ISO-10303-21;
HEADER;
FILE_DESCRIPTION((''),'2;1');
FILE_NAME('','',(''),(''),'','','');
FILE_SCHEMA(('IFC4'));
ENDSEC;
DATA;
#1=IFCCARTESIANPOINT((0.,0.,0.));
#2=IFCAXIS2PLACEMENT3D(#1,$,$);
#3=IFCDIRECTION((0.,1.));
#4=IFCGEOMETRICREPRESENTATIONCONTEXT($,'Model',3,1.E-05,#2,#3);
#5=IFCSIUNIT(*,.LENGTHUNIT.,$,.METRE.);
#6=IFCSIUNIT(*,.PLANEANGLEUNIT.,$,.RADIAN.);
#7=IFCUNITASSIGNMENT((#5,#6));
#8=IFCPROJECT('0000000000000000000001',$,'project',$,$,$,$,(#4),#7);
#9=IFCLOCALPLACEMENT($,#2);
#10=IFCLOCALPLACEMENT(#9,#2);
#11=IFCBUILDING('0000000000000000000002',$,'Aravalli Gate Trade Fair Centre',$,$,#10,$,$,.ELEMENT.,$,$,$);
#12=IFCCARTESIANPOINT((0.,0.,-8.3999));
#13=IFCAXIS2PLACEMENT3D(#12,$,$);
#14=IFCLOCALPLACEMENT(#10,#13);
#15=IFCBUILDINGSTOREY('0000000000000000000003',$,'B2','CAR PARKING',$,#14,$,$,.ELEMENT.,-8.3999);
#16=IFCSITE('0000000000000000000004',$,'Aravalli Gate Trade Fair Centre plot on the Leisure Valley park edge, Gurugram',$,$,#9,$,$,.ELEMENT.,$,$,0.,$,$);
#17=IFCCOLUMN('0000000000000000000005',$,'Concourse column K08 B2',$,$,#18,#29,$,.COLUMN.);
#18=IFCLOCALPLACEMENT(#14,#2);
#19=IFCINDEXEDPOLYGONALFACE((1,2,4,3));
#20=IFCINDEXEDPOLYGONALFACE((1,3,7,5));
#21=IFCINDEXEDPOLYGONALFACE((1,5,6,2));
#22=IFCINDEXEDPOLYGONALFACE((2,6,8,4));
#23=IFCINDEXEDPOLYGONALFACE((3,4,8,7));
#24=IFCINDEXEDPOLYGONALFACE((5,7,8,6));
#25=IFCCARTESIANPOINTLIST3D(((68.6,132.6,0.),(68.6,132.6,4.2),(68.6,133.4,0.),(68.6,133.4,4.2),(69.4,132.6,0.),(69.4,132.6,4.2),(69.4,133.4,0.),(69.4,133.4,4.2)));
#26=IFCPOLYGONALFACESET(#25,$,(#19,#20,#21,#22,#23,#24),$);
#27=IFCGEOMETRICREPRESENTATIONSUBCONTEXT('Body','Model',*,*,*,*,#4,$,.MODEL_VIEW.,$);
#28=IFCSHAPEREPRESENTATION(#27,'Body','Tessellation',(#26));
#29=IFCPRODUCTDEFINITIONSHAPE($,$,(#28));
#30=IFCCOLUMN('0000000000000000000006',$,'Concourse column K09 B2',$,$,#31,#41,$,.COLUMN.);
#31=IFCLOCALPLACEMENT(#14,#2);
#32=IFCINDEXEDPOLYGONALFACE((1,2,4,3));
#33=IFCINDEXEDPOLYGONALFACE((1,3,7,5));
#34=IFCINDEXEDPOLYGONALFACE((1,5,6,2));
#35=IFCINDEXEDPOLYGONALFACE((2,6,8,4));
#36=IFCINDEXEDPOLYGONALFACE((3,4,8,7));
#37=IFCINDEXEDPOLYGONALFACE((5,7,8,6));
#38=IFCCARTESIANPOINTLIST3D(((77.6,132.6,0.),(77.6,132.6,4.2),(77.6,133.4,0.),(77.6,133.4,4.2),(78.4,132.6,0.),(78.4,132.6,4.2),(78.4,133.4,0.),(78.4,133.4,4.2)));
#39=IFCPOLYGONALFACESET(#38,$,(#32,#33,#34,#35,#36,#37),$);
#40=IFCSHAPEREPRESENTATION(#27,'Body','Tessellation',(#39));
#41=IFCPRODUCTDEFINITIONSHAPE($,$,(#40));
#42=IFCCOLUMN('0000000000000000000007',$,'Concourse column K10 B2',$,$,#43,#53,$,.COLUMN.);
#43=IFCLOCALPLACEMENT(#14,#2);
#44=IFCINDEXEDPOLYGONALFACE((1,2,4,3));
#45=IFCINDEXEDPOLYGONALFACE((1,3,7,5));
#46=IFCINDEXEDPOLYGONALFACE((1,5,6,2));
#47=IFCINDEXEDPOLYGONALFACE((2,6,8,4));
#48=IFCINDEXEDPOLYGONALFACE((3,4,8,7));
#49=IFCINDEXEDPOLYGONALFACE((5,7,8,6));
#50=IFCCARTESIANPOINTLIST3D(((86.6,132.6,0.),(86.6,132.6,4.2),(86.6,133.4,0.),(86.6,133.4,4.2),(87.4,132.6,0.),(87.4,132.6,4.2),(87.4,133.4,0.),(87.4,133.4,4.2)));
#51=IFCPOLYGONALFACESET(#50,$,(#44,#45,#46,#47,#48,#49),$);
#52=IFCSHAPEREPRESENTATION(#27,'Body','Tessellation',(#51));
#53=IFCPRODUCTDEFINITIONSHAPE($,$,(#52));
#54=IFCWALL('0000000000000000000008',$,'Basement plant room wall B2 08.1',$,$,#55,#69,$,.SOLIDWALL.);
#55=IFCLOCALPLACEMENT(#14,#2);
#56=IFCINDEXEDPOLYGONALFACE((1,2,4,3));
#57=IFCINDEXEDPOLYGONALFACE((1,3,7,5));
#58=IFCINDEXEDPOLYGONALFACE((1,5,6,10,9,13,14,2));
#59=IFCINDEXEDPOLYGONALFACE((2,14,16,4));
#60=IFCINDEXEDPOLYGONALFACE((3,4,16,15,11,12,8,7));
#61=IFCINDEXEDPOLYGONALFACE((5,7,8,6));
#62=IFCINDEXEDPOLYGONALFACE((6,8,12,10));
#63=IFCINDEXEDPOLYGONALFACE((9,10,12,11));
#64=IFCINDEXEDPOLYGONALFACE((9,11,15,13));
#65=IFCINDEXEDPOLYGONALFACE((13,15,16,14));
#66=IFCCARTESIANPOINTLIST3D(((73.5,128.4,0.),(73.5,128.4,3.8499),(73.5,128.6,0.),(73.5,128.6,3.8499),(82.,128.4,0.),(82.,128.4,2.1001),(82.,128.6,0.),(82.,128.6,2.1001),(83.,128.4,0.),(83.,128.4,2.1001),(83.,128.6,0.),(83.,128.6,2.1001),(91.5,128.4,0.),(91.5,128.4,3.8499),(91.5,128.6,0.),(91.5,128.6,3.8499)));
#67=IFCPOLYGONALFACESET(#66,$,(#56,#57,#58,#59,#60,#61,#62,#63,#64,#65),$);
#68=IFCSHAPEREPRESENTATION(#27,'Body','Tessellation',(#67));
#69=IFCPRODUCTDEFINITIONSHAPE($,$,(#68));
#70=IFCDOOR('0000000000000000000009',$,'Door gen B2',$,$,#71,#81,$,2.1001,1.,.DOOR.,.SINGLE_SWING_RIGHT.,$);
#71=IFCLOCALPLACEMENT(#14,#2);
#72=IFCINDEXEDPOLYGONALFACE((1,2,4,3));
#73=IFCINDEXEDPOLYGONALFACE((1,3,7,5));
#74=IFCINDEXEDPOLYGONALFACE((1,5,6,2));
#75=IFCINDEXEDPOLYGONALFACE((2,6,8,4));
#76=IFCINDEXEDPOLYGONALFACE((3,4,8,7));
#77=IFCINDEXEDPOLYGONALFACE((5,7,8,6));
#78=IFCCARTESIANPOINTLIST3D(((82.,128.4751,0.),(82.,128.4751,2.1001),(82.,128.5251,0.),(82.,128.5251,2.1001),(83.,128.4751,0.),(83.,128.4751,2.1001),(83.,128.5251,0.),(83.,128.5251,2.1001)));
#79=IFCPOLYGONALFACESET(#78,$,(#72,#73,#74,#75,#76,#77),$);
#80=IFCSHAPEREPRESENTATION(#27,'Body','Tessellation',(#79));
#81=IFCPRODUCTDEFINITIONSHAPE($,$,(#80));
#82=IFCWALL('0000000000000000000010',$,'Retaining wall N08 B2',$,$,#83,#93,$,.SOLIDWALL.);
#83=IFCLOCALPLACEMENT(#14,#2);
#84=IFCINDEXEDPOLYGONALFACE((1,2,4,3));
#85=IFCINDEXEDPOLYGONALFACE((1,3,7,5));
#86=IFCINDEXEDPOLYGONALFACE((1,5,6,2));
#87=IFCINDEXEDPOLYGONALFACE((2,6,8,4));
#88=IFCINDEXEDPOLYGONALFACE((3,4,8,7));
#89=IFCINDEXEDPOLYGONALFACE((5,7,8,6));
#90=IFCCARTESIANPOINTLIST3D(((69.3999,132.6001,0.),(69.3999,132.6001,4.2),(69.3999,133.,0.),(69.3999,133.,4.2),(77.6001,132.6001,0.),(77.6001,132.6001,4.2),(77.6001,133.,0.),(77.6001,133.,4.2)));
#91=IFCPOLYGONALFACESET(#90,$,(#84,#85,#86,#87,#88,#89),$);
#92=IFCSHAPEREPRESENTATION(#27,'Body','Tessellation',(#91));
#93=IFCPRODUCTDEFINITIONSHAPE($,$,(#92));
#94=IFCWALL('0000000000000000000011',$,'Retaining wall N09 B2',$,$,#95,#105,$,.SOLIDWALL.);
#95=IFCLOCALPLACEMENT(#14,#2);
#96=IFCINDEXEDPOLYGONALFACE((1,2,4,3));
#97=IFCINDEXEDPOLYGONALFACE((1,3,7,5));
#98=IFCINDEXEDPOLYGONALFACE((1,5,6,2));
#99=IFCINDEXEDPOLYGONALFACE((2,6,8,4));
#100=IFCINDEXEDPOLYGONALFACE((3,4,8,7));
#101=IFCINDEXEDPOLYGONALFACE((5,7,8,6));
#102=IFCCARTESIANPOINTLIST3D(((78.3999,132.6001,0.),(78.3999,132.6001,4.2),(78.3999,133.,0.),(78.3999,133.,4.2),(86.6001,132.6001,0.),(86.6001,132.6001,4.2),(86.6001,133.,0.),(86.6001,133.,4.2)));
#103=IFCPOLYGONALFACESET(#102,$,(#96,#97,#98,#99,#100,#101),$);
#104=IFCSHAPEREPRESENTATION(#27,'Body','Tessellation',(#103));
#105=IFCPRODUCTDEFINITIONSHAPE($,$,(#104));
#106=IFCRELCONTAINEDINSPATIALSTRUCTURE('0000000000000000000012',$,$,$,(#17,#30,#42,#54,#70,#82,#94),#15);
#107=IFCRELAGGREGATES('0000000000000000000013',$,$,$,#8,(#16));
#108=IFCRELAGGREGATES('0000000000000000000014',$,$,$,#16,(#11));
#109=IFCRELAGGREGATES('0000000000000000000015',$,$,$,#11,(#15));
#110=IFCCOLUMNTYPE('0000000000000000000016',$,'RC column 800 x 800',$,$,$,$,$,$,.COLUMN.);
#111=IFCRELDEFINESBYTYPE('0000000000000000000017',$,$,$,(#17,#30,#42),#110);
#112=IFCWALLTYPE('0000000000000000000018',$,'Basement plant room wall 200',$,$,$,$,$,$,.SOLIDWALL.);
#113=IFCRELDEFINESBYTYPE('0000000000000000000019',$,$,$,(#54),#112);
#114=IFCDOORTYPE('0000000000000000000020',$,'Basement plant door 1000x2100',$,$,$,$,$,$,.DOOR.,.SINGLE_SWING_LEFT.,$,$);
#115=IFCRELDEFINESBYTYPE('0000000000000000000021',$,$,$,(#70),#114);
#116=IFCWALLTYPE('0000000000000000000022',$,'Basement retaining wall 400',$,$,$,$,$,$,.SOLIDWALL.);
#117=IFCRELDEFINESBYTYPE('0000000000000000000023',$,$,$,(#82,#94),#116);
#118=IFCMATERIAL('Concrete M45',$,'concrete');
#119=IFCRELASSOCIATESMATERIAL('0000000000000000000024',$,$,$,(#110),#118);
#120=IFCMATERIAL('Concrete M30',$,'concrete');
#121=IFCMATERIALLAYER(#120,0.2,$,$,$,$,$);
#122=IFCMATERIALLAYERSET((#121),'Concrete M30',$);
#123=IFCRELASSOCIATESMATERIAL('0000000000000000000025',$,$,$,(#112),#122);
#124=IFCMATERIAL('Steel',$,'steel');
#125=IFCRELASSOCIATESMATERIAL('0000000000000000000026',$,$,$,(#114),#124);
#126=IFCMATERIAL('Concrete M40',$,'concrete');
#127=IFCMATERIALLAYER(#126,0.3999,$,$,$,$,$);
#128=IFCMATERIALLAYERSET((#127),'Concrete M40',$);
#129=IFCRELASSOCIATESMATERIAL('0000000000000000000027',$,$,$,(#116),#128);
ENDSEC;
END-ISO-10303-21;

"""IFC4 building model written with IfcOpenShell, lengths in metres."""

from ifc_helpers import new_model, si_unit, direction, frame, frame_2d, origin, origin_2d, place, context, subcontext, project, spatial, rectangle, extrude, material, layer, layer_set, material_profile, profile_set, type_object, element, fill, save


model = new_model("IFC4")

# Units and contexts
model_context = context("Model", 3, precision=1e-05, world=origin(), true_north=direction((0.0, 1.0)))
body_context = subcontext(model_context, "Body", "Model", "MODEL_VIEW")
ifc_project = project(units=[si_unit("LENGTHUNIT", "METRE"), si_unit("PLANEANGLEUNIT", "RADIAN")], contexts=[model_context])

# Site, building, storey
site_placement = place(None, origin())
site = spatial("IfcSite", under=ifc_project, at=site_placement, Name="Aravalli Gate Trade Fair Centre plot on the Leisure Valley park edge, Gurugram", CompositionType="ELEMENT", RefElevation=0.0)
building_placement = place(site_placement, origin())
building = spatial("IfcBuilding", under=site, at=building_placement, Name="Aravalli Gate Trade Fair Centre", CompositionType="ELEMENT")
storey_placement = place(building_placement, frame((0.0, 0.0, -8.3999)))
storey = spatial("IfcBuildingStorey", under=building, at=storey_placement, Name="B2", Description="CAR PARKING", CompositionType="ELEMENT", Elevation=-8.3999)

# Columns
ifc_material_1 = material(Name="Concrete M45", Category="concrete")
ifc_material_profile_1 = material_profile(ifc_material_1, rectangle(XDim=0.8, YDim=0.8, at=origin_2d()), Name="RC column 800 x 800")
ifc_profile_set_1 = profile_set([ifc_material_profile_1], Name="Concrete M45")
column_type_1 = type_object("IfcColumnType", Name="RC column 800 x 800", PredefinedType="COLUMN", material=ifc_profile_set_1)
for number, where, z_axis, x_axis, name in (
    (1, (69.0, 133.0, 0.0), (0.0, 0.0, 1.0), (1.0, 0.0, 0.0), "Concourse column K08 B2"),
    (2, (78.0, 133.0, 0.0), (0.0, 0.0, 1.0), (1.0, 0.0, 0.0), "Concourse column K09 B2"),
    (3, (87.0, 133.0, 0.0), (0.0, 0.0, 1.0), (1.0, 0.0, 0.0), "Concourse column K10 B2"),
):
    element("IfcColumn", number, at=place(storey_placement, frame(where, z_axis=z_axis, x_axis=x_axis)), inside=storey, type_object=column_type_1, Name=name, PredefinedType="COLUMN", context=body_context, shape_type="SweptSolid", body=[
        extrude(rectangle(XDim=0.8, YDim=0.8, at=origin_2d()), origin(), (0.0, 0.0, 1.0), 4.2),
    ])

# Wall, opening, door
ifc_material_2 = material(Name="Concrete M30", Category="concrete")
ifc_layer_1 = layer(ifc_material_2, 0.2)
ifc_layer_set_1 = layer_set([ifc_layer_1], Name="Concrete M30")
wall_type_1 = type_object("IfcWallType", Name="Basement plant room wall 200", PredefinedType="SOLIDWALL", material=ifc_layer_set_1)
wall_placement = place(storey_placement, frame((73.5, 128.5, 0.0), z_axis=(0.0, 0.0, 1.0), x_axis=(1.0, 0.0, 0.0)))
wall = element("IfcWall", 4, at=wall_placement, inside=storey, type_object=wall_type_1, Name="Basement plant room wall B2 08.1", PredefinedType="SOLIDWALL", context=body_context, shape_type="SweptSolid", body=[
    extrude(rectangle(XDim=18.0, YDim=0.2, at=frame_2d((9.0, 0.0))), origin(), (0.0, 0.0, 1.0), 3.8499),
])
opening_placement = place(wall_placement, frame((8.5, 0.0, 0.0)))
opening = element("IfcOpeningElement", 5, at=opening_placement, cuts=wall, PredefinedType="OPENING", context=body_context, shape_type="SweptSolid", body=[
    extrude(rectangle(XDim=1.0, YDim=2.1001, at=frame_2d((0.5, 1.05))), frame((0.0, 0.1099, 0.0), z_axis=(0.0, -1.0, 0.0), x_axis=(1.0, 0.0, 0.0)), (0.0, 0.0, 1.0), 0.22),
])
ifc_material_3 = material(Name="Steel", Category="steel")
door_type = type_object("IfcDoorType", Name="Basement plant door 1000x2100", OperationType="SINGLE_SWING_LEFT", PredefinedType="DOOR", material=ifc_material_3)
door_placement = place(opening_placement, frame((1.0, 0.0, 0.0), z_axis=(0.0, 0.0, 1.0), x_axis=(-1.0, 0.0, 0.0)))
door = element("IfcDoor", 6, at=door_placement, inside=storey, type_object=door_type, Name="Door gen B2", OperationType="SINGLE_SWING_RIGHT", OverallHeight=2.1001, OverallWidth=1.0, PredefinedType="DOOR", context=body_context, shape_type="SweptSolid", body=[
    extrude(rectangle(XDim=1.0, YDim=2.1001, at=frame_2d((0.5, 1.05))), frame((0.0, 0.0249, 0.0), z_axis=(0.0, -1.0, 0.0), x_axis=(1.0, 0.0, 0.0)), (0.0, 0.0, 1.0), 0.05),
])
fill(opening, door)

# Walls
ifc_material_4 = material(Name="Concrete M40", Category="concrete")
ifc_layer_2 = layer(ifc_material_4, 0.3999)
ifc_layer_set_2 = layer_set([ifc_layer_2], Name="Concrete M40")
wall_type_2 = type_object("IfcWallType", Name="Basement retaining wall 400", PredefinedType="SOLIDWALL", material=ifc_layer_set_2)
for number, where, z_axis, x_axis, name in (
    (7, (69.3999, 132.8, 0.0), (0.0, 0.0, 1.0), (1.0, 0.0, 0.0), "Retaining wall N08 B2"),
    (8, (78.3999, 132.8, 0.0), (0.0, 0.0, 1.0), (1.0, 0.0, 0.0), "Retaining wall N09 B2"),
):
    element("IfcWall", number, at=place(storey_placement, frame(where, z_axis=z_axis, x_axis=x_axis)), inside=storey, type_object=wall_type_2, Name=name, PredefinedType="SOLIDWALL", context=body_context, shape_type="SweptSolid", body=[
        extrude(rectangle(XDim=8.2002, YDim=0.3999, at=frame_2d((4.1001, 0.0))), origin(), (0.0, 0.0, 1.0), 4.2),
    ])

save(model, "model.ifc")
